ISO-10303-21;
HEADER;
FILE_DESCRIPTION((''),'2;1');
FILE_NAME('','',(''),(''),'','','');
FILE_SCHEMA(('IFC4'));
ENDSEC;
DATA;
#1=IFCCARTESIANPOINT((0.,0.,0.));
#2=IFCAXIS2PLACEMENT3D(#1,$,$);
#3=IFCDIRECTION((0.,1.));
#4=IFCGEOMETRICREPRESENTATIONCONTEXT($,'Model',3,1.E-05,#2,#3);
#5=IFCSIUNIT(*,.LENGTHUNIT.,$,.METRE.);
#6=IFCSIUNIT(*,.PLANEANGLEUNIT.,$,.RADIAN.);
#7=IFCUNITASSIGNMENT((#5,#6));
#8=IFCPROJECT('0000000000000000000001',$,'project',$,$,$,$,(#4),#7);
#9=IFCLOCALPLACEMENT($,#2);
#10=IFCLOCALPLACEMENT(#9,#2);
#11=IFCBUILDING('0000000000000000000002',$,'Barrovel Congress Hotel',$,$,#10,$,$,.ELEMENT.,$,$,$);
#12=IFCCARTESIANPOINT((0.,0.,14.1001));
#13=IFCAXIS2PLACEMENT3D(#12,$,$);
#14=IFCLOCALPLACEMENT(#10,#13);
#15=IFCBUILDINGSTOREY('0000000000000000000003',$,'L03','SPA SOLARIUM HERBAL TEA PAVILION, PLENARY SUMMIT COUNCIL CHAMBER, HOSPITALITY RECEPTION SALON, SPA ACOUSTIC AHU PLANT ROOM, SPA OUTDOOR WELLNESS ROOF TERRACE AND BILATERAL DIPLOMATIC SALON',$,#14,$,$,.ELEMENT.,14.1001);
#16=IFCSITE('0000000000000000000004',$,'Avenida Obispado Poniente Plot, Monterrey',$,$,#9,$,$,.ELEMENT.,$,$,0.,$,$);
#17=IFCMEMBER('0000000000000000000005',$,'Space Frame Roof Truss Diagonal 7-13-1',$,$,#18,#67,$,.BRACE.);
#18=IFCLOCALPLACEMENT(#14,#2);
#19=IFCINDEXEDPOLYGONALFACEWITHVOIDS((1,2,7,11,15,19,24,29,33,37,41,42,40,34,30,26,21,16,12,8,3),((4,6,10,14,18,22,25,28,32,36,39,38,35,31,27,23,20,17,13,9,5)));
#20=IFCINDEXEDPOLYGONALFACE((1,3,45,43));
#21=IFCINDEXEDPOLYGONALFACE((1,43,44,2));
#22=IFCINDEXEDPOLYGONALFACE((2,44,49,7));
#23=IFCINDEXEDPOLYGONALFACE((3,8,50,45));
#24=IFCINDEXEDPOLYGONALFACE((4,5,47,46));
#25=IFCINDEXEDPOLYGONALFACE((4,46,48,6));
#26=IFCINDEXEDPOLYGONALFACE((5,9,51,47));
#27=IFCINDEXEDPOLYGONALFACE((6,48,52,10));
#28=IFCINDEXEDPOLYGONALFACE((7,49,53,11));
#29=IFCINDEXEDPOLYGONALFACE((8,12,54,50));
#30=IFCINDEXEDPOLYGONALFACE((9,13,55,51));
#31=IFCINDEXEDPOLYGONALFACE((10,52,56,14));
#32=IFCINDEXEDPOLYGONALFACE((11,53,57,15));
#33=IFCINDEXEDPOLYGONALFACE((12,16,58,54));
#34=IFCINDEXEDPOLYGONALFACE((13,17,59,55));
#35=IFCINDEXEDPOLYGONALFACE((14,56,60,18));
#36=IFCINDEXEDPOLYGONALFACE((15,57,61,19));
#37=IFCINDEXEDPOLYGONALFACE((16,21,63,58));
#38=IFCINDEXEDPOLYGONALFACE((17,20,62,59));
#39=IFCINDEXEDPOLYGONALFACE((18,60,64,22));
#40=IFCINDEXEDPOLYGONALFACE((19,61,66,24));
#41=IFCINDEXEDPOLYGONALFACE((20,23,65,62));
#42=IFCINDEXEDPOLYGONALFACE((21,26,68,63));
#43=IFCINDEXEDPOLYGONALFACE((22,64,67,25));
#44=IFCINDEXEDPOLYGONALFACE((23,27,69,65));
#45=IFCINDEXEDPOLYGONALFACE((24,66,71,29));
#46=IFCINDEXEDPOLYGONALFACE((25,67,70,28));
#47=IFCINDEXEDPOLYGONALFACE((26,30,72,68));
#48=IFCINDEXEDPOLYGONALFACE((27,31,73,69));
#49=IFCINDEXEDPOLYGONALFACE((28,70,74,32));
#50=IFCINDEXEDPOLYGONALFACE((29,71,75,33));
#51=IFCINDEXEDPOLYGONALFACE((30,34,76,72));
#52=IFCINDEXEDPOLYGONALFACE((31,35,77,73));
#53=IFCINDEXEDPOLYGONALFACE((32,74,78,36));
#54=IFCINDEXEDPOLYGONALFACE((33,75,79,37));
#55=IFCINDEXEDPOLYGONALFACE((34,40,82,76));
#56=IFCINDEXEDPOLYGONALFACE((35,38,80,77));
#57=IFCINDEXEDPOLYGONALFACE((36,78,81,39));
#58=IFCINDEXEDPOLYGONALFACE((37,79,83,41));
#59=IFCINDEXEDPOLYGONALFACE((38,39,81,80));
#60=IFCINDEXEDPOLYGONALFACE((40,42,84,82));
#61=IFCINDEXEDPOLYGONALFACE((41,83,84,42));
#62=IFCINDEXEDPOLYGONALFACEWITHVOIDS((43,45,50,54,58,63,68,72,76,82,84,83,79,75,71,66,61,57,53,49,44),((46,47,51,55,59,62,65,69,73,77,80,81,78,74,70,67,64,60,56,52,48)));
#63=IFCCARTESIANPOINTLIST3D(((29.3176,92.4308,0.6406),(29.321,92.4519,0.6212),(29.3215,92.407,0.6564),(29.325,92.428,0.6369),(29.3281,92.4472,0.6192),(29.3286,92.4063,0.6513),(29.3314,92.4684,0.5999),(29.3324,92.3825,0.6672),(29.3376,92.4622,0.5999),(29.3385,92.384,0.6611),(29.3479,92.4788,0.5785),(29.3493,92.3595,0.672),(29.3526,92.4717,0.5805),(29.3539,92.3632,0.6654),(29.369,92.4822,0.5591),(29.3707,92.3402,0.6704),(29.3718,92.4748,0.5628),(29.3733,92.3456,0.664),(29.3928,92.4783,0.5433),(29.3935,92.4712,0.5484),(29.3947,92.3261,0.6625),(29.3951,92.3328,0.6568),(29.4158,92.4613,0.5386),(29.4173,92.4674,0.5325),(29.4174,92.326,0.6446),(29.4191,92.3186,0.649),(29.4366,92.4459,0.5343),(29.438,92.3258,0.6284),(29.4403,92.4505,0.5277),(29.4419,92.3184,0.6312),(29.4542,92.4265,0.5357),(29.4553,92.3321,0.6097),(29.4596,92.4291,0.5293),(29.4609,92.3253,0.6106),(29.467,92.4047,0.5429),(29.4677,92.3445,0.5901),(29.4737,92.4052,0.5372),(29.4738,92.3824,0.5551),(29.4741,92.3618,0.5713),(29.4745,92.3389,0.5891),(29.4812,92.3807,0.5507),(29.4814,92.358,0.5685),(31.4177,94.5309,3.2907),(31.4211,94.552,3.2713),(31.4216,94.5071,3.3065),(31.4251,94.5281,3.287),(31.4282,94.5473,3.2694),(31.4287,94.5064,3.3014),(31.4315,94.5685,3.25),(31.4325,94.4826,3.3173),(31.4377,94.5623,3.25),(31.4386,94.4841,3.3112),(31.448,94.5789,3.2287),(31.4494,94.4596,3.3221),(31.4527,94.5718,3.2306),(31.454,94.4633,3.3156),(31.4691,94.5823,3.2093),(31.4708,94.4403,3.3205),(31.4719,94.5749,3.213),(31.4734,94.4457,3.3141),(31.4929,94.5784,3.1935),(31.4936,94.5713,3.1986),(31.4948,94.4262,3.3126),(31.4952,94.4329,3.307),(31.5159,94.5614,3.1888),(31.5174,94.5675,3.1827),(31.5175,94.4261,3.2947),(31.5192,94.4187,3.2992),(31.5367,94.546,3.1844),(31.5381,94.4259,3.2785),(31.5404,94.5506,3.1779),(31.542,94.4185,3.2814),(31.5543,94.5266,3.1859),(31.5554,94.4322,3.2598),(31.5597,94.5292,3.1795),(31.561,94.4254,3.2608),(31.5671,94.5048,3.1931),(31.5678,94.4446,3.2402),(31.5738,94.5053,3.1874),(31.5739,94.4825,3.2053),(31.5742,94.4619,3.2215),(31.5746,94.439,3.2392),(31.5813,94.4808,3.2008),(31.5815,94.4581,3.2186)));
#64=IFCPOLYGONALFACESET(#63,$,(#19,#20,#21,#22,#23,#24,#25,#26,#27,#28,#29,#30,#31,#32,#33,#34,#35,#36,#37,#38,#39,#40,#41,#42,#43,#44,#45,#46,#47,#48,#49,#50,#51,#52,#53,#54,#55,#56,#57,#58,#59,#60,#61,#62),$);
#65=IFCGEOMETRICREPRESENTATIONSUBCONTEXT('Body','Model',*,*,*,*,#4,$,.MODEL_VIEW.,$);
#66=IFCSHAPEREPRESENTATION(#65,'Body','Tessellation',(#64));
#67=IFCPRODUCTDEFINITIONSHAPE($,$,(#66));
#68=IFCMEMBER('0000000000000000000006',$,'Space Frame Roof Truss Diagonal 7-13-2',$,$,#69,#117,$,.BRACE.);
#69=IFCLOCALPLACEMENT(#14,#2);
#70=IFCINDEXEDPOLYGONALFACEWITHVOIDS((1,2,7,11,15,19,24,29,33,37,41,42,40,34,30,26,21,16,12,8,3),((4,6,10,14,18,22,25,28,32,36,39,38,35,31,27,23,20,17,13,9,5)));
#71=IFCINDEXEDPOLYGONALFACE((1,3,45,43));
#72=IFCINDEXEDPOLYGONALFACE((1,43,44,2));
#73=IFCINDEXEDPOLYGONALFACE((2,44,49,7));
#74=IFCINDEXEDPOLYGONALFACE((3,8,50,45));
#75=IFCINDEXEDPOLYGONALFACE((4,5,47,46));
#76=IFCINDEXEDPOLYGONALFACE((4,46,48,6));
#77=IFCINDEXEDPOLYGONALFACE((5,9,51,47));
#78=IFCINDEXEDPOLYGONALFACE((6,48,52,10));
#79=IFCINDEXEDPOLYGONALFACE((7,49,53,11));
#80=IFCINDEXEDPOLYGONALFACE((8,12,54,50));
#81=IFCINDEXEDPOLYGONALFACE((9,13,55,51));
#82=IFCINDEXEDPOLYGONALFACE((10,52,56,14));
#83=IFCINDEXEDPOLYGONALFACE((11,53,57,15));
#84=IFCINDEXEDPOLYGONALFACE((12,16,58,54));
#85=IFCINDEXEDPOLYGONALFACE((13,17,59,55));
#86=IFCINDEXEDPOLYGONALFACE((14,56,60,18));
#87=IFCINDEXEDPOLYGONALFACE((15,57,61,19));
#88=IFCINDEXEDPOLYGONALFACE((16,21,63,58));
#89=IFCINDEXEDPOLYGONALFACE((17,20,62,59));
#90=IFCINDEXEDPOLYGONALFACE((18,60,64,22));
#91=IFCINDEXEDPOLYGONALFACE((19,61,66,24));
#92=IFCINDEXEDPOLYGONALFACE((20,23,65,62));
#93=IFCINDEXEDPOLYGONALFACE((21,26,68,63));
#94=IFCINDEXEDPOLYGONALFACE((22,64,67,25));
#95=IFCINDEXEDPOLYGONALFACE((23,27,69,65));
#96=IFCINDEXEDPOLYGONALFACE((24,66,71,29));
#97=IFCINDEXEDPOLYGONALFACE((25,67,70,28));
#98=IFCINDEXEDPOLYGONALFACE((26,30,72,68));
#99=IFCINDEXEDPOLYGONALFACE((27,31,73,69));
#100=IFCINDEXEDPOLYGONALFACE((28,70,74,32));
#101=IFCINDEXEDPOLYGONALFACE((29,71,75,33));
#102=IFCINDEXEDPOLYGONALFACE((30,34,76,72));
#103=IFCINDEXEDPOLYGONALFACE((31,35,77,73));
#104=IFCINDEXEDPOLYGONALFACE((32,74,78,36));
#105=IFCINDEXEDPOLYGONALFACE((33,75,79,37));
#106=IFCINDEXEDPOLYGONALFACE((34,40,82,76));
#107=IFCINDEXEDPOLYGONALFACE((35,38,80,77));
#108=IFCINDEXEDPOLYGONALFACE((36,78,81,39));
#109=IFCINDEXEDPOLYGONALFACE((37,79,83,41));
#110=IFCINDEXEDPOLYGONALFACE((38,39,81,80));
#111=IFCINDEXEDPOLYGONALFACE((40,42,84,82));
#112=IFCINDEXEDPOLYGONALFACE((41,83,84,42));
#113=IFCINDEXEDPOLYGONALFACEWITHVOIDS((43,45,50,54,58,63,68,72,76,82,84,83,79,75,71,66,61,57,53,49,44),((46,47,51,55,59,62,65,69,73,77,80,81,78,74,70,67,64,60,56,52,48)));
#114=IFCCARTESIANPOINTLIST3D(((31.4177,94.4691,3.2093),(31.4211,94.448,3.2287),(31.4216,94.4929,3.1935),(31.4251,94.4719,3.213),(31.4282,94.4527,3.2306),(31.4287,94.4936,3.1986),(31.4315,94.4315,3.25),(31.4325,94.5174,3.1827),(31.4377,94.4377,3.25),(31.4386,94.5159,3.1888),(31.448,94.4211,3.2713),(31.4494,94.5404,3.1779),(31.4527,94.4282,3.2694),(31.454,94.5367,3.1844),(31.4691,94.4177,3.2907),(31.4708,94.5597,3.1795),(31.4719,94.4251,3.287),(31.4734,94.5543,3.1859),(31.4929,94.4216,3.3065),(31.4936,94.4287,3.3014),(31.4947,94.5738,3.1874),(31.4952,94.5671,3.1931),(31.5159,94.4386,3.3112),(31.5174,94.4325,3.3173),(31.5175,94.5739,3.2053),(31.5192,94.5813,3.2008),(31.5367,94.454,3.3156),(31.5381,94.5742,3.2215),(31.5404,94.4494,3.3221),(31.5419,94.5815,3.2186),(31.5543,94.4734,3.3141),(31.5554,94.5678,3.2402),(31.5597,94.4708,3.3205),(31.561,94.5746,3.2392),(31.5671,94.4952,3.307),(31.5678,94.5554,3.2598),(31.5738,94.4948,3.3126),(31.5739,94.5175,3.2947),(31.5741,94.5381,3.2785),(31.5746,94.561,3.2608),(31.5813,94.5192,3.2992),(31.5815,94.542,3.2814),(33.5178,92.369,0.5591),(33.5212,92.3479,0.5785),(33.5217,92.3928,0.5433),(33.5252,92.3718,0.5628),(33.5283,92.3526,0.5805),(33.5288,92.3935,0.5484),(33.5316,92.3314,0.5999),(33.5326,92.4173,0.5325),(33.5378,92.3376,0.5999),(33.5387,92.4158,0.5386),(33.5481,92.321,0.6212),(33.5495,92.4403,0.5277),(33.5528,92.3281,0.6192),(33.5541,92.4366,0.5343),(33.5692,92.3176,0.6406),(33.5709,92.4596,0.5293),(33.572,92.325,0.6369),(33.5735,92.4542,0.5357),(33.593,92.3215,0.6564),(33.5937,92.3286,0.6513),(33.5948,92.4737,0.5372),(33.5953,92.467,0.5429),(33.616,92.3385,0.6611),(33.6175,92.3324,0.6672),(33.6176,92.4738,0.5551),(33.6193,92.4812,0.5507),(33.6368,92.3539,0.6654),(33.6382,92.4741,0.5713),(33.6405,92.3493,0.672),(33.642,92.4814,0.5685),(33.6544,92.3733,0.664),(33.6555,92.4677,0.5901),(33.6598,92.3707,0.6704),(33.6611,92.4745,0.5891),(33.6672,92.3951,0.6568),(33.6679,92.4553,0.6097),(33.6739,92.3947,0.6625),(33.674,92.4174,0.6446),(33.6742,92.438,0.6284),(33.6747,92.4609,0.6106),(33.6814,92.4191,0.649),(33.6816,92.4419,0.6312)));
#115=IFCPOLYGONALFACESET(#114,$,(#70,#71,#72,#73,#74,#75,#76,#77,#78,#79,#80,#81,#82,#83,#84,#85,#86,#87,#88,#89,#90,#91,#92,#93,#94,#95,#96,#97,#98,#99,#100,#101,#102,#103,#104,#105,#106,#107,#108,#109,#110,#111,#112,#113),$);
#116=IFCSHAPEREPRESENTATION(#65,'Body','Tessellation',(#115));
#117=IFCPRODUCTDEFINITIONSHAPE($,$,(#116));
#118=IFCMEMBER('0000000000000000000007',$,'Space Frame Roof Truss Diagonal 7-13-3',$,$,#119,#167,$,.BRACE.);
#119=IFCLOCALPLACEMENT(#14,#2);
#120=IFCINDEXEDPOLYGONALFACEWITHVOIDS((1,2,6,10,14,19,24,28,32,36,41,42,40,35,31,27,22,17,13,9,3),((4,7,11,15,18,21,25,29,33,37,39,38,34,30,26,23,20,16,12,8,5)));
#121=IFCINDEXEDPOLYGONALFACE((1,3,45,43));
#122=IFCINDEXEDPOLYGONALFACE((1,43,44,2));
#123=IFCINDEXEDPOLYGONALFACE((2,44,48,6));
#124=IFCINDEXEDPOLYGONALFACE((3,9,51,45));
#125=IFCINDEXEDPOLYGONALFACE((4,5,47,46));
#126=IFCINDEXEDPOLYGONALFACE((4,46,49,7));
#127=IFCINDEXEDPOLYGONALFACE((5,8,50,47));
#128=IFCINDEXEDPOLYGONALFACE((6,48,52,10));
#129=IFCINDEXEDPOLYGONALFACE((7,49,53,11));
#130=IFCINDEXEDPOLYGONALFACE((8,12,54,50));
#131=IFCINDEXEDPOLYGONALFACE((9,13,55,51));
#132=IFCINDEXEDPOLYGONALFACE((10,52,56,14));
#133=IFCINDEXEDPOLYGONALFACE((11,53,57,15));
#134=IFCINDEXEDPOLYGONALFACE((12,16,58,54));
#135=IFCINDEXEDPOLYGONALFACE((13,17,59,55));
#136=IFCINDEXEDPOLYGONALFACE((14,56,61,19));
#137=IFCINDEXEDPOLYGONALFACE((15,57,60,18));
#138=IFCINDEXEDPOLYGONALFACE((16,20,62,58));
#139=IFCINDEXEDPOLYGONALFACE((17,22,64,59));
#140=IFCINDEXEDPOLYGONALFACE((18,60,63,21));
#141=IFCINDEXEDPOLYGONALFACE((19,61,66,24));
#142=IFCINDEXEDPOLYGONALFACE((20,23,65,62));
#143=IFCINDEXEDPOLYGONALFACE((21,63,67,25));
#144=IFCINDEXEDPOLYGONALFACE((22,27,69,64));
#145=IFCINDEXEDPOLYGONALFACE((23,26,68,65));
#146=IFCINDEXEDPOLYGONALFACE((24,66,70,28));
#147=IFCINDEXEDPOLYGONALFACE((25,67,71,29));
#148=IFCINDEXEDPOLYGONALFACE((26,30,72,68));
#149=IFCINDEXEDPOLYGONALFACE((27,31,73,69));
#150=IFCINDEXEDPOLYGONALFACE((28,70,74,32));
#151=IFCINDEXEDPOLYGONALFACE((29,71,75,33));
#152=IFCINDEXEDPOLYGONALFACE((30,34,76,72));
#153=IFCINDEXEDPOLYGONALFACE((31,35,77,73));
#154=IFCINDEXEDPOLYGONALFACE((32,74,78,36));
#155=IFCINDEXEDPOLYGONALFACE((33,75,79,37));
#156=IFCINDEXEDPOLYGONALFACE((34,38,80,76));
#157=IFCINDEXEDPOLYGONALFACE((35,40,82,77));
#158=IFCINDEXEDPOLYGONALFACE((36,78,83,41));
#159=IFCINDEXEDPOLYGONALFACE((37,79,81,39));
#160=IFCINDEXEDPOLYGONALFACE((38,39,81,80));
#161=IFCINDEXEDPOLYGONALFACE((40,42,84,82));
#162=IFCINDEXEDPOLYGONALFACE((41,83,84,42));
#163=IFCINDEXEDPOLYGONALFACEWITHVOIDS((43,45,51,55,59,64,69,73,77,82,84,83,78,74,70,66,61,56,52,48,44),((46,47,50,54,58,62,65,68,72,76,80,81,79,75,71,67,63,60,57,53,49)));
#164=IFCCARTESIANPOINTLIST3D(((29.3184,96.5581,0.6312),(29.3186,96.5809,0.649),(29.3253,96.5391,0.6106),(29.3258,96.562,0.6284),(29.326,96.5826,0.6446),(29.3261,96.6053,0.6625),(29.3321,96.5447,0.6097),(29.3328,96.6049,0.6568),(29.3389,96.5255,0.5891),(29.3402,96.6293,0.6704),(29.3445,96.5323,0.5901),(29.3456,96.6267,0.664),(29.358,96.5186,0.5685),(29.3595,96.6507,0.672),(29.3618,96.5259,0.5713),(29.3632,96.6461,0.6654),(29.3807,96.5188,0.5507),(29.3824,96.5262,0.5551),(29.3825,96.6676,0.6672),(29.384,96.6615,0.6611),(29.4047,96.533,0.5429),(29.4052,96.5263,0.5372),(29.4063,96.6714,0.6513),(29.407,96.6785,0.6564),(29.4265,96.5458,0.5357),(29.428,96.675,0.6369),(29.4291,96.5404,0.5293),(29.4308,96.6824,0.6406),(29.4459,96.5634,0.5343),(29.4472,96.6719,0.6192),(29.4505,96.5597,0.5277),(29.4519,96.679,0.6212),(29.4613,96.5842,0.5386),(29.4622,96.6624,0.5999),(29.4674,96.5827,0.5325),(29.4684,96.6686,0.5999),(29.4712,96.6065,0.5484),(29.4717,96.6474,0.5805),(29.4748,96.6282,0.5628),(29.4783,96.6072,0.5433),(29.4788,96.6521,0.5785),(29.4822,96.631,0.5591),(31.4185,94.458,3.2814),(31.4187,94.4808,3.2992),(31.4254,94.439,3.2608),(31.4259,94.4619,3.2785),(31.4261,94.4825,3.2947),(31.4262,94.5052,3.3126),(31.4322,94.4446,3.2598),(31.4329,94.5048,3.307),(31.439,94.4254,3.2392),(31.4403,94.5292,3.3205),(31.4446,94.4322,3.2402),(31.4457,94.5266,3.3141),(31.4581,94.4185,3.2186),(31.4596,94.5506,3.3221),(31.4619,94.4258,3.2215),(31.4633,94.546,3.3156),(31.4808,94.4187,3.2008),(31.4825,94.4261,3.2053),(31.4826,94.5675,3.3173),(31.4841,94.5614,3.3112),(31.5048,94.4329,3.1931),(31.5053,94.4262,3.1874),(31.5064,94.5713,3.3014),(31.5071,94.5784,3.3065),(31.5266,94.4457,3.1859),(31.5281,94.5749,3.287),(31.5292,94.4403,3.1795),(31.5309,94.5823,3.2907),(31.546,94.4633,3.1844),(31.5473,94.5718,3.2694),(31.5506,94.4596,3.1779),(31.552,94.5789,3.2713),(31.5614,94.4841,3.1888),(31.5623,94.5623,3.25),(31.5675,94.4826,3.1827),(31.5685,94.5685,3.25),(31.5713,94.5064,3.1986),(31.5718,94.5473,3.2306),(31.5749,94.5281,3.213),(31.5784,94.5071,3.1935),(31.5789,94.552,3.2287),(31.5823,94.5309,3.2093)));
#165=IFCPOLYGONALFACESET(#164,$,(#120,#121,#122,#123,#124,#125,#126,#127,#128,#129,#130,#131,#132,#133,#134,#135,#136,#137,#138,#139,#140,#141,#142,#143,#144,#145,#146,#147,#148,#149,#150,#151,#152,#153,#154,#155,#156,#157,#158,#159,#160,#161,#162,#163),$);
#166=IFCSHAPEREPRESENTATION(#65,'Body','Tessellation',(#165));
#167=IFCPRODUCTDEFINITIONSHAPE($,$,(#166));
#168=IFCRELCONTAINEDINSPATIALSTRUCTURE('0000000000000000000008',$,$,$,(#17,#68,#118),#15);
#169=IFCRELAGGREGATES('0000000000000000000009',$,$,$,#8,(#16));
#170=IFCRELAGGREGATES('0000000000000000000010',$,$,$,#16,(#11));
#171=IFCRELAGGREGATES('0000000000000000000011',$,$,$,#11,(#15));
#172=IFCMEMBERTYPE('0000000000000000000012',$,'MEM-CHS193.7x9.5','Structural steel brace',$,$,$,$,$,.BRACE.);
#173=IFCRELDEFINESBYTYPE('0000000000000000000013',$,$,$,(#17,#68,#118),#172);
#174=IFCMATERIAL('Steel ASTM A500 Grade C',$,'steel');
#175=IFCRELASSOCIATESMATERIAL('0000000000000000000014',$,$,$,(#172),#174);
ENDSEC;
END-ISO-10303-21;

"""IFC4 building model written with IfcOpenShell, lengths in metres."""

from ifc_helpers import new_model, si_unit, direction, frame, origin, origin_2d, place, context, subcontext, project, spatial, hollow_circle, extrude, material, material_profile, profile_set, type_object, element, save


model = new_model("IFC4")

# Units and contexts
model_context = context("Model", 3, precision=1e-05, world=origin(), true_north=direction((0.0, 1.0)))
body_context = subcontext(model_context, "Body", "Model", "MODEL_VIEW")
ifc_project = project(units=[si_unit("LENGTHUNIT", "METRE"), si_unit("PLANEANGLEUNIT", "RADIAN")], contexts=[model_context])

# Site, building, storey
site_placement = place(None, origin())
site = spatial("IfcSite", under=ifc_project, at=site_placement, Name="Avenida Obispado Poniente Plot, Monterrey", CompositionType="ELEMENT", RefElevation=0.0)
building_placement = place(site_placement, origin())
building = spatial("IfcBuilding", under=site, at=building_placement, Name="Barrovel Congress Hotel", CompositionType="ELEMENT")
storey_placement = place(building_placement, frame((0.0, 0.0, 14.1001)))
storey = spatial("IfcBuildingStorey", under=building, at=storey_placement, Name="L03", Description="SPA SOLARIUM HERBAL TEA PAVILION, PLENARY SUMMIT COUNCIL CHAMBER, HOSPITALITY RECEPTION SALON, SPA ACOUSTIC AHU PLANT ROOM, SPA OUTDOOR WELLNESS ROOF TERRACE AND BILATERAL DIPLOMATIC SALON", CompositionType="ELEMENT", Elevation=14.1001)

# Members
ifc_material_1 = material(Name="Steel ASTM A500 Grade C", Category="steel")
ifc_material_profile_1 = material_profile(ifc_material_1, hollow_circle(Radius=0.0969, WallThickness=0.0088, at=origin_2d()), Name="CHS193.7x9.5")
ifc_profile_set_1 = profile_set([ifc_material_profile_1], Name="Steel ASTM A500 Grade C")
member_type_1 = type_object("IfcMemberType", Name="MEM-CHS193.7x9.5", Description="Structural steel brace", PredefinedType="BRACE", material=ifc_profile_set_1)
for number, where, z_axis, x_axis, name in (
    (1, (29.3999, 92.3999, 0.5999), (0.527601, 0.527601, 0.665788), (-0.707107, 0.707107, 0.0), "Space Frame Roof Truss Diagonal 7-13-1"),
    (2, (33.6001, 92.3999, 0.5999), (-0.527601, 0.527601, 0.665788), (-0.707107, -0.707107, 0.0), "Space Frame Roof Truss Diagonal 7-13-2"),
    (3, (29.3999, 96.6001, 0.5999), (0.527601, -0.527601, 0.665788), (0.707107, 0.707107, 0.0), "Space Frame Roof Truss Diagonal 7-13-3"),
):
    element("IfcMember", number, at=place(storey_placement, frame(where, z_axis=z_axis, x_axis=x_axis)), inside=storey, type_object=member_type_1, Name=name, PredefinedType="BRACE", context=body_context, shape_type="SweptSolid", body=[
        extrude(hollow_circle(Radius=0.0969, WallThickness=0.0088, at=origin_2d()), origin(), (0.0, 0.0, 1.0), 3.9805),
    ])

save(model, "model.ifc")
